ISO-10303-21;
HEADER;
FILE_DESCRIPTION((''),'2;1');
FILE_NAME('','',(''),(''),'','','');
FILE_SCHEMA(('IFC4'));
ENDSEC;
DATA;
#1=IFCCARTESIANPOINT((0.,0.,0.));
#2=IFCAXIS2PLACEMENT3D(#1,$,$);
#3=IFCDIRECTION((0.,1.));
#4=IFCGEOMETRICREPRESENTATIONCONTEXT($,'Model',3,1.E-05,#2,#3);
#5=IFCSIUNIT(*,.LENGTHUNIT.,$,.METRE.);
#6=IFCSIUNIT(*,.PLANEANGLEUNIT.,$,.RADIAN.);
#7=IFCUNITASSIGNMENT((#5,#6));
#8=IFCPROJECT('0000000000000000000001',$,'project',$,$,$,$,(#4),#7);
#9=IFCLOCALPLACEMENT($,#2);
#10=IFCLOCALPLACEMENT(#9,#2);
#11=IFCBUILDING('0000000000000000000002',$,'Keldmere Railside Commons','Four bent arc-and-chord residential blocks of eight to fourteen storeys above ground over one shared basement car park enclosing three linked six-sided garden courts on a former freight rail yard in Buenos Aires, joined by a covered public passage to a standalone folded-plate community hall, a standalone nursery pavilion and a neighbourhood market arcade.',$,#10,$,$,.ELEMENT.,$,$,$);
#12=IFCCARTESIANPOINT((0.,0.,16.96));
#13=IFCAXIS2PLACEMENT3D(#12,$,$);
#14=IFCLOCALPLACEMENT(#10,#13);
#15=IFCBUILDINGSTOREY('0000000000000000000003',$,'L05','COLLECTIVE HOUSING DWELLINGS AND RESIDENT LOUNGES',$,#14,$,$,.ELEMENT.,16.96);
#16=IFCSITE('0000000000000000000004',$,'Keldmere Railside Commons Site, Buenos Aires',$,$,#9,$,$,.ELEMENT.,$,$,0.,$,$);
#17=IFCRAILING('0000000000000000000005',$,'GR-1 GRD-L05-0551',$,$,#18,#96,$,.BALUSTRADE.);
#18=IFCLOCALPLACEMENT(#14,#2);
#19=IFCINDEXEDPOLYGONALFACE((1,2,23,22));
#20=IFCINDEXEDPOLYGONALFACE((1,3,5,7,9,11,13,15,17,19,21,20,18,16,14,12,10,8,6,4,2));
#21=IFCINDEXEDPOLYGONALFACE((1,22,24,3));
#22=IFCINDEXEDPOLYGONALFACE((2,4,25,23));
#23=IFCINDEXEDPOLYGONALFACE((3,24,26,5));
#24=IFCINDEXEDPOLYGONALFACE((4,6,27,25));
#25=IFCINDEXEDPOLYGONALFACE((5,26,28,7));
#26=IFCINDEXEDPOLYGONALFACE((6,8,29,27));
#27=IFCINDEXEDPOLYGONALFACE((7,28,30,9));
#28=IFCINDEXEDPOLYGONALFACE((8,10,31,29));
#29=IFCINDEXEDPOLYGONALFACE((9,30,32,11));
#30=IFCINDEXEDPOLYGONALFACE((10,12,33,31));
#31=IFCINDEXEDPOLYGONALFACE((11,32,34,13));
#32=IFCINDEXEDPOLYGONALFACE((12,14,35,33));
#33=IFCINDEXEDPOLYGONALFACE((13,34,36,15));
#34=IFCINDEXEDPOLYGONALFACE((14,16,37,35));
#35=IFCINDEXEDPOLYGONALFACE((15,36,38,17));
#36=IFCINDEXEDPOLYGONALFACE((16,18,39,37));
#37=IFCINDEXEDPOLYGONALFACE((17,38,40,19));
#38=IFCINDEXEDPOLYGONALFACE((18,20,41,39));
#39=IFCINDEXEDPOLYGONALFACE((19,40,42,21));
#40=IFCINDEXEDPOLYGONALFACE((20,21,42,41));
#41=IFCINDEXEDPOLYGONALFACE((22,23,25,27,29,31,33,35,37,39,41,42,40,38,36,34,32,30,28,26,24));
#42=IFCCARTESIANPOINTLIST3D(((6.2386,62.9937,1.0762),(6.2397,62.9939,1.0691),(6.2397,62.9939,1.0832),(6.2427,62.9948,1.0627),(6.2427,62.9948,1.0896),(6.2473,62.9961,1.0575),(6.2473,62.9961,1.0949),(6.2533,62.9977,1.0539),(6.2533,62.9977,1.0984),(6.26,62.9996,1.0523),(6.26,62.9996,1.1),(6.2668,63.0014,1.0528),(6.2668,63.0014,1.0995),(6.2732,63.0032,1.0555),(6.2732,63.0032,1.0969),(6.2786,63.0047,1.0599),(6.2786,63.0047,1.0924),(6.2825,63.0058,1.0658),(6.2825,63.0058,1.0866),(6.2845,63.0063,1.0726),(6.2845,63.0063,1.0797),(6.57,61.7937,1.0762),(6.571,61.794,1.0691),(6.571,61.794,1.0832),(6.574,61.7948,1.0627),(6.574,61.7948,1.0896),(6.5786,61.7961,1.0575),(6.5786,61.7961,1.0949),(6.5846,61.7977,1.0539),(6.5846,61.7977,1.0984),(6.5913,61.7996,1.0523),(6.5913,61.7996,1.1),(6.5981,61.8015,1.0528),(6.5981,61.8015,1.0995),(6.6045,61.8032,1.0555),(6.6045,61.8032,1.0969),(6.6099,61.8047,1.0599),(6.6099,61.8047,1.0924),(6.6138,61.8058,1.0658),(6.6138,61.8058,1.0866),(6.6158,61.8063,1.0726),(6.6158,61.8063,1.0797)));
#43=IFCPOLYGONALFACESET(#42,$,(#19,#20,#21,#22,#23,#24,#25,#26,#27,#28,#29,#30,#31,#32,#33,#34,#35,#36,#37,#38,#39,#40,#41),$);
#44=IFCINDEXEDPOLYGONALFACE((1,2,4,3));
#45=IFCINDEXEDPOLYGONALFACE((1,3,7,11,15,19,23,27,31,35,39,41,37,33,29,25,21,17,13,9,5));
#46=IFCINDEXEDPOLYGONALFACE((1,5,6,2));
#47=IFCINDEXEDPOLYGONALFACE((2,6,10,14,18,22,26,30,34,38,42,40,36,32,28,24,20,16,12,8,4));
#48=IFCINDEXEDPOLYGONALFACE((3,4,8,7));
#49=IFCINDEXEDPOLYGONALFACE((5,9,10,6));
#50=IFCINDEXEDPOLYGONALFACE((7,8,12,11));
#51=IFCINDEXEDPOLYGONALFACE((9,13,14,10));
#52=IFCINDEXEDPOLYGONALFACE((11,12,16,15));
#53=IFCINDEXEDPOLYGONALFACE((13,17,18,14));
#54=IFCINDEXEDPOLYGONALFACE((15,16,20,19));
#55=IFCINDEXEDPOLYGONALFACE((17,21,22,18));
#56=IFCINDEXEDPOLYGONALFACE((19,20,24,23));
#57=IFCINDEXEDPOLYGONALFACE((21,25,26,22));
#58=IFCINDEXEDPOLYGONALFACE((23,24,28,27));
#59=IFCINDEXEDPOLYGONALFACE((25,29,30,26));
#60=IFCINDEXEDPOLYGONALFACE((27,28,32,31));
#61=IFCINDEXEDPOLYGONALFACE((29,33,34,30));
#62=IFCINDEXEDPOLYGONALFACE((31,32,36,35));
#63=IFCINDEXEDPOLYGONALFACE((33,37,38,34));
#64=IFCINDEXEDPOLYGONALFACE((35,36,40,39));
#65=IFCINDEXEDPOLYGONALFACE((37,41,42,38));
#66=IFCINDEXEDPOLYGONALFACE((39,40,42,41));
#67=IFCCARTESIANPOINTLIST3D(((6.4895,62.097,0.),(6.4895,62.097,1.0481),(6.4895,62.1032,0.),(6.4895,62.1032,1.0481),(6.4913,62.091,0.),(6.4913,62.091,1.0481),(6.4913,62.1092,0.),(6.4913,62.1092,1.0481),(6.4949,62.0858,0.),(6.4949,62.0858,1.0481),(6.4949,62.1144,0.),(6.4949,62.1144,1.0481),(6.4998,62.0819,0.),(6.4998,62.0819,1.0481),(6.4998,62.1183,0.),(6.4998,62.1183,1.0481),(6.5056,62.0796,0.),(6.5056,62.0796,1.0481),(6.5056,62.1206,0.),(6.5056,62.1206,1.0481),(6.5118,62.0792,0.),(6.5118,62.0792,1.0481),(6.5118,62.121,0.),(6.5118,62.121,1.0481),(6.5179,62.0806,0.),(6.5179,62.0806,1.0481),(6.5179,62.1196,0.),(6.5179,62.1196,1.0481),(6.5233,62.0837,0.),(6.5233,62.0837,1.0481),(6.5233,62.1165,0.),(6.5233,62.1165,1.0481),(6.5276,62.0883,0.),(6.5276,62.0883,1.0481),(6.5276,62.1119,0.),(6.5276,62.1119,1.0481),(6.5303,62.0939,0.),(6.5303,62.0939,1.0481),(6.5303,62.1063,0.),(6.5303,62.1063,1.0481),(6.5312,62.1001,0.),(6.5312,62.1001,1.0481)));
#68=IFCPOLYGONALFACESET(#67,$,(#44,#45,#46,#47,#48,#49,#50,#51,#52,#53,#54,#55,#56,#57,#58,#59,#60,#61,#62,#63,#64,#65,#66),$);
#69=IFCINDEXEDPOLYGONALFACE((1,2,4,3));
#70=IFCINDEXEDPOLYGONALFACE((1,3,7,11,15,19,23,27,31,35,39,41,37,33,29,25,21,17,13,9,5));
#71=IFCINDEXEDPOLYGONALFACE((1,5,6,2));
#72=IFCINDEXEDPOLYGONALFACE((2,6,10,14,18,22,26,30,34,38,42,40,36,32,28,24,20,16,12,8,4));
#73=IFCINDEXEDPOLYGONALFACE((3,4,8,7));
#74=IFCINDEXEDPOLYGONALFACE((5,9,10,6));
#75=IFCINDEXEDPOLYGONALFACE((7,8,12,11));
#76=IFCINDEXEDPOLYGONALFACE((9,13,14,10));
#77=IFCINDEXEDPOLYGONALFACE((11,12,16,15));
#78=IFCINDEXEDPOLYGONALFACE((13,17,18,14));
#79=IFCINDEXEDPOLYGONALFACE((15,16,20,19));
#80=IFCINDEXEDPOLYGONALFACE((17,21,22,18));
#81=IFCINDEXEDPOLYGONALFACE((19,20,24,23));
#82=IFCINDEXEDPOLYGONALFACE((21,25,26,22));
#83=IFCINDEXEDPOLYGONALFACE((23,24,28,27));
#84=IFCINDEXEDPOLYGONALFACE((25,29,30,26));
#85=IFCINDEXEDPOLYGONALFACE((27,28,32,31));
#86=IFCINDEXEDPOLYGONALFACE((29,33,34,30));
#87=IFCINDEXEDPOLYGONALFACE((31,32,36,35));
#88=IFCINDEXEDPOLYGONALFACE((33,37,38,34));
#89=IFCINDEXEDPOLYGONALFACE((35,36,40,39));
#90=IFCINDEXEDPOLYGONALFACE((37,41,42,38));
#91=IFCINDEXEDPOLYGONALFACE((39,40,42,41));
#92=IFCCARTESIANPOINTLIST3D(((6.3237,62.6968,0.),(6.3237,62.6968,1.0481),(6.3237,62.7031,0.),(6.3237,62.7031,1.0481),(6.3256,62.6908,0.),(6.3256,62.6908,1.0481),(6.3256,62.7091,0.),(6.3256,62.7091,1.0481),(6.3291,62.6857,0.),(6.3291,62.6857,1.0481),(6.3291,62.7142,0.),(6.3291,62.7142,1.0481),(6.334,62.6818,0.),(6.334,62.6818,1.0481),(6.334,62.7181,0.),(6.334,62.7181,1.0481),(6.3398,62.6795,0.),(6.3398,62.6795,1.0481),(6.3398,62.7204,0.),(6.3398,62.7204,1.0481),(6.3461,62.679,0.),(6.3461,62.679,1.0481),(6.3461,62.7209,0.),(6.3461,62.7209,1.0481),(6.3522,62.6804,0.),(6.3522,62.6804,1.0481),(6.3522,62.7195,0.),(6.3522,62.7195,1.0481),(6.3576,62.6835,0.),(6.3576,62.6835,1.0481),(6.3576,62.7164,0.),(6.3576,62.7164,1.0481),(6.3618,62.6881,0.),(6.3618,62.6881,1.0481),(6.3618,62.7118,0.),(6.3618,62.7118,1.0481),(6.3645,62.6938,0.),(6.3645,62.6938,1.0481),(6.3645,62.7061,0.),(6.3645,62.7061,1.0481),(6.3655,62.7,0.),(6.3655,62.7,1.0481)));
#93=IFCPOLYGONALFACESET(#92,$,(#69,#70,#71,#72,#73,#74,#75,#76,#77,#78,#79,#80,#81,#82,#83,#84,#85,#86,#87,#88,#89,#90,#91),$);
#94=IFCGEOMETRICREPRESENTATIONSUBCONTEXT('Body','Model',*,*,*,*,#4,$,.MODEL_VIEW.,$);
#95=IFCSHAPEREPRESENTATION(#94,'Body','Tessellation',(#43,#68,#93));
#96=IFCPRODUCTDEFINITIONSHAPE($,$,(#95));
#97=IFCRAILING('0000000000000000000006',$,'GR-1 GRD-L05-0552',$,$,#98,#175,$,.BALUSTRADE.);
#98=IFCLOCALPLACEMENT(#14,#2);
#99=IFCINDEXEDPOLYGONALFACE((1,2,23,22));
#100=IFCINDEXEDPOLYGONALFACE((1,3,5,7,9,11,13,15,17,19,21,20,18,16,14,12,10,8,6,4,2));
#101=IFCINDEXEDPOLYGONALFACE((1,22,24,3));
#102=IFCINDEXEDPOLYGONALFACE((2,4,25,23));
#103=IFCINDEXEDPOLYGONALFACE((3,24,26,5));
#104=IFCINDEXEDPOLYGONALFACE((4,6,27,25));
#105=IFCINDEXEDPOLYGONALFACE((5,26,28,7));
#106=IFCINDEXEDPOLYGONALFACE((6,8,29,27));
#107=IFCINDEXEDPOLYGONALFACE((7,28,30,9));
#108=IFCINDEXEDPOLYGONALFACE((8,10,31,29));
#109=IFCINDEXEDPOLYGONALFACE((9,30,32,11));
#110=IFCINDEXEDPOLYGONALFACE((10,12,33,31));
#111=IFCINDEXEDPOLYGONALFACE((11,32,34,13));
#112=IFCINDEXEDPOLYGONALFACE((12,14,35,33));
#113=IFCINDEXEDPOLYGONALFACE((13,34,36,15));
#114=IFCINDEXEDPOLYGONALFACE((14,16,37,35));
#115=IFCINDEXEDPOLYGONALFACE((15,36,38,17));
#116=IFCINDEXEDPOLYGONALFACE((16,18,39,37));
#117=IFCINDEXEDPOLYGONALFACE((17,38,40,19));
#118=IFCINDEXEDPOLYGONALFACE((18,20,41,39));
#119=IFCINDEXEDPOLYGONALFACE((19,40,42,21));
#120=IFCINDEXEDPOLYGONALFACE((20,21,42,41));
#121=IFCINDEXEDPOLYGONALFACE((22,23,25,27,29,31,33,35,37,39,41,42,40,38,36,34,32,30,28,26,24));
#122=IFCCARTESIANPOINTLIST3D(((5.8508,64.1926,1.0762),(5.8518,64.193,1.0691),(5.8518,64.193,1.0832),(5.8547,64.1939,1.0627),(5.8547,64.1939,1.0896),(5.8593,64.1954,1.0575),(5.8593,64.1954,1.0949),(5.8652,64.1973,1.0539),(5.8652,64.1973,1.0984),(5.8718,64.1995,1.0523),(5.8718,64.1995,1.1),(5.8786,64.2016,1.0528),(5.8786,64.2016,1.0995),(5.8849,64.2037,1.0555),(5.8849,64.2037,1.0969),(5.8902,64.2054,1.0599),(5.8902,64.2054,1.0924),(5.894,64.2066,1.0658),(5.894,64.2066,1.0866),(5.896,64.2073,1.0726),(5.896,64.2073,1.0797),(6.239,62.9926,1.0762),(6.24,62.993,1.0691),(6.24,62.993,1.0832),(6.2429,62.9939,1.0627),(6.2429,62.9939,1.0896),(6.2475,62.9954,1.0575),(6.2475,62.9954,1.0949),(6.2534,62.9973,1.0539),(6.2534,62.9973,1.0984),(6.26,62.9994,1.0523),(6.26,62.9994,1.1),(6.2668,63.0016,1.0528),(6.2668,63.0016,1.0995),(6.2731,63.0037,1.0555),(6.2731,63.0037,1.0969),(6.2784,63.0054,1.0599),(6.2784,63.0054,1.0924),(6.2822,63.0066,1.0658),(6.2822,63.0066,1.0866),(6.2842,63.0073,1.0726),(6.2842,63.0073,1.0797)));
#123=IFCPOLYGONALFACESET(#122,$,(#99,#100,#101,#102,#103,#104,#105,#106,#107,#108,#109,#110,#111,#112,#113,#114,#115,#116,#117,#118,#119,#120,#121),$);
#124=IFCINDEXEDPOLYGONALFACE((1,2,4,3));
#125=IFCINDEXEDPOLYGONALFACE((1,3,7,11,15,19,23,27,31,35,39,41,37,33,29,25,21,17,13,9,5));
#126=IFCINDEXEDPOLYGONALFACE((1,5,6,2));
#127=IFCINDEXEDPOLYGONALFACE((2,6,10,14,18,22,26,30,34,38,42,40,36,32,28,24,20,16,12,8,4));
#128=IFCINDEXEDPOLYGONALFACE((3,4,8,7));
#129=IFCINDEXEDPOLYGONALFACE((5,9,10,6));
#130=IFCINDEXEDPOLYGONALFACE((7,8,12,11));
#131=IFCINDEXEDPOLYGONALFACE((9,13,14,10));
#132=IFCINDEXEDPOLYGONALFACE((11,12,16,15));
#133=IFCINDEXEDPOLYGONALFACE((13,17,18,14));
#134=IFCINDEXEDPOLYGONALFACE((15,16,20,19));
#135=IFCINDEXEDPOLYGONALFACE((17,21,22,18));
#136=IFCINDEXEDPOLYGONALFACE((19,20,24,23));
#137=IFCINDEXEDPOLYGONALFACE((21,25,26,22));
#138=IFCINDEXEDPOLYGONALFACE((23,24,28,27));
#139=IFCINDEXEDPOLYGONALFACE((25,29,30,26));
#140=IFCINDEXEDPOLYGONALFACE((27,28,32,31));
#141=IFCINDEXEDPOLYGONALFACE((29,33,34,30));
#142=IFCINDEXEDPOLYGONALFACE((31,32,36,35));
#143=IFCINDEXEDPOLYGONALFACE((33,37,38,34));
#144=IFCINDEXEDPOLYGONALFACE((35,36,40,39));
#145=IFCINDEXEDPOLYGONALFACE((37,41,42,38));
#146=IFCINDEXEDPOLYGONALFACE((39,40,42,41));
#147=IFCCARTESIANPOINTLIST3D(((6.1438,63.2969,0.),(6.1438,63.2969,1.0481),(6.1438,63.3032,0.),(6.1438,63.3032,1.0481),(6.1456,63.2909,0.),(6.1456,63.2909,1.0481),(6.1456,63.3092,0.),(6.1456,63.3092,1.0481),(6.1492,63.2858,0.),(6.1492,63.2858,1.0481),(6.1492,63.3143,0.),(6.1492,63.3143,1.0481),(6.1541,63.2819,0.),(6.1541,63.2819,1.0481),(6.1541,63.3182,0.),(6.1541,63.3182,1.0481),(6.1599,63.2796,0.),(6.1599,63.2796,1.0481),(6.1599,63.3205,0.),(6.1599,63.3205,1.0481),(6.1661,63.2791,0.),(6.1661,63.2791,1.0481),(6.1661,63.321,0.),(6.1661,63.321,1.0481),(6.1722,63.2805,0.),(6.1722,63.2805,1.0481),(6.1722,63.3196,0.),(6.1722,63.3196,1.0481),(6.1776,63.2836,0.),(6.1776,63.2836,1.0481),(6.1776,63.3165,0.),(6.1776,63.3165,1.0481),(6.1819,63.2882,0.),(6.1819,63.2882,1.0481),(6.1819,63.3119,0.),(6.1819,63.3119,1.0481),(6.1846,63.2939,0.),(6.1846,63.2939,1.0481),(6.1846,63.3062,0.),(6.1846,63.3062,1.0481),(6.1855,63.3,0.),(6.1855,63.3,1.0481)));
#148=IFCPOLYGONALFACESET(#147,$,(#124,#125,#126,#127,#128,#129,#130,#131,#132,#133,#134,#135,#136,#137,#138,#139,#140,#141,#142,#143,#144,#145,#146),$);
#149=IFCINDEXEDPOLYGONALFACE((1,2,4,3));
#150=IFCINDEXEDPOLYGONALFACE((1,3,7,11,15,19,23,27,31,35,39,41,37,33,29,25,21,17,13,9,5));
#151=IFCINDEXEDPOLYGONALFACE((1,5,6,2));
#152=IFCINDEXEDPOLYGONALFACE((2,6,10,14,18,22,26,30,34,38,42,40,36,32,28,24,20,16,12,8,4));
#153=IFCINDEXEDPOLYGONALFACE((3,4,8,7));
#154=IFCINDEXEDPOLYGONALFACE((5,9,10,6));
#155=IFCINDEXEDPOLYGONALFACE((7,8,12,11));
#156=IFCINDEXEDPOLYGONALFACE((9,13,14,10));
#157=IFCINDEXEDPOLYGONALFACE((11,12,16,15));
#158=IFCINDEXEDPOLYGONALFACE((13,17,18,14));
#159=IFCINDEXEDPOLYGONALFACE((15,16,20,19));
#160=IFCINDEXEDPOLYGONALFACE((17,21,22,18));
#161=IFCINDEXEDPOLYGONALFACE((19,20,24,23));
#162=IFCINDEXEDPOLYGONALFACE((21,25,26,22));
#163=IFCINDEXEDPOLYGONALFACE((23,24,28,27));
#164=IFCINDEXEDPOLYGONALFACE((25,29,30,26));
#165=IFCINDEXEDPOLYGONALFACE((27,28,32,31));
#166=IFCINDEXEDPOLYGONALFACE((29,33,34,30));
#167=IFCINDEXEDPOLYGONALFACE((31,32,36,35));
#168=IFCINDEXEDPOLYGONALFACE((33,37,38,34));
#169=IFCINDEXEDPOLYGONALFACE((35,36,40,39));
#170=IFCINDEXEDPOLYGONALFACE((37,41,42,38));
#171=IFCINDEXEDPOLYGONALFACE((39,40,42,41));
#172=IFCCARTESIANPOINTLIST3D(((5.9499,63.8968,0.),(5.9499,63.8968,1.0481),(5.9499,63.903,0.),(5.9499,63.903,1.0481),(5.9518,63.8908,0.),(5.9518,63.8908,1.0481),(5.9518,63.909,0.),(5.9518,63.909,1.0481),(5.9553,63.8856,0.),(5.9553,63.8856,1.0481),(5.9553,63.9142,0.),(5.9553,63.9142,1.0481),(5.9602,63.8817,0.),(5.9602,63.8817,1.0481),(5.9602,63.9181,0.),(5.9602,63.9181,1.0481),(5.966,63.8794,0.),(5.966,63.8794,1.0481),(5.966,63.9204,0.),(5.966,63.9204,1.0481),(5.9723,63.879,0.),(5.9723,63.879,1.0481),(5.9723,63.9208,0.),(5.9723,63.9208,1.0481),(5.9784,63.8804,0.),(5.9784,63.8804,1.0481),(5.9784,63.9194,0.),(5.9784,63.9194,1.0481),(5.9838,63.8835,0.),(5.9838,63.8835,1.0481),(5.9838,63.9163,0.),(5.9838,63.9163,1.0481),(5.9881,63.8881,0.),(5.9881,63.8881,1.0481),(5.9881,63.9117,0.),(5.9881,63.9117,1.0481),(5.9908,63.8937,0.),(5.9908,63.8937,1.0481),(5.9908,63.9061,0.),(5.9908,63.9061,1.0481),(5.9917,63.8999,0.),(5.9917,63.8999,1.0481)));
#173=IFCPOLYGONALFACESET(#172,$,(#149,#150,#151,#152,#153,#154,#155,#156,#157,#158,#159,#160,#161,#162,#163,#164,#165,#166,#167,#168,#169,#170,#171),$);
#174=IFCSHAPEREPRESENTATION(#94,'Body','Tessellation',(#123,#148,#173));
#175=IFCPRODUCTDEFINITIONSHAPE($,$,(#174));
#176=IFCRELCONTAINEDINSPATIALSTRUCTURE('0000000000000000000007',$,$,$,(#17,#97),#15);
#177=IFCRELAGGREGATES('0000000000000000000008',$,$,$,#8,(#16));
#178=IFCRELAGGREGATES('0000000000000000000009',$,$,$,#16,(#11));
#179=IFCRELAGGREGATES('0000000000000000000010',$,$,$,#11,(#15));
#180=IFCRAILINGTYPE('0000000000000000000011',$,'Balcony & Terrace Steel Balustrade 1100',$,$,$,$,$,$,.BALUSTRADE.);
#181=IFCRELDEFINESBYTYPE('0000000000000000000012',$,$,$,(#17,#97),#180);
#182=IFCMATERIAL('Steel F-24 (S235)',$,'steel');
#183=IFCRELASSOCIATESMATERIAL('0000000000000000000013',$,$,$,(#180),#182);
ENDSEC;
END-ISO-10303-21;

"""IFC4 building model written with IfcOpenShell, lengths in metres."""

from ifc_helpers import new_model, si_unit, direction, frame, origin, origin_2d, place, context, subcontext, project, spatial, circle, extrude, material, type_object, element, save


model = new_model("IFC4")

# Units and contexts
model_context = context("Model", 3, precision=1e-05, world=origin(), true_north=direction((0.0, 1.0)))
body_context = subcontext(model_context, "Body", "Model", "MODEL_VIEW")
ifc_project = project(units=[si_unit("LENGTHUNIT", "METRE"), si_unit("PLANEANGLEUNIT", "RADIAN")], contexts=[model_context])

# Site, building, storey
site_placement = place(None, origin())
site = spatial("IfcSite", under=ifc_project, at=site_placement, Name="Keldmere Railside Commons Site, Buenos Aires", CompositionType="ELEMENT", RefElevation=0.0)
building_placement = place(site_placement, origin())
building = spatial("IfcBuilding", under=site, at=building_placement, Name="Keldmere Railside Commons", Description="Four bent arc-and-chord residential blocks of eight to fourteen storeys above ground over one shared basement car park enclosing three linked six-sided garden courts on a former freight rail yard in Buenos Aires, joined by a covered public passage to a standalone folded-plate community hall, a standalone nursery pavilion and a neighbourhood market arcade.", CompositionType="ELEMENT")
storey_placement = place(building_placement, frame((0.0, 0.0, 16.96)))
storey = spatial("IfcBuildingStorey", under=building, at=storey_placement, Name="L05", Description="COLLECTIVE HOUSING DWELLINGS AND RESIDENT LOUNGES", CompositionType="ELEMENT", Elevation=16.96)

# Railings
ifc_material_1 = material(Name="Steel F-24 (S235)", Category="steel")
railing_type_1 = type_object("IfcRailingType", Name="Balcony & Terrace Steel Balustrade 1100", PredefinedType="BALUSTRADE", material=ifc_material_1)
railing_1_placement = place(storey_placement, frame((6.593, 61.8, 0.0)))
element("IfcRailing", 1, at=railing_1_placement, inside=storey, type_object=railing_type_1, Name="GR-1 GRD-L05-0551", PredefinedType="BALUSTRADE", context=body_context, shape_type="SweptSolid", body=[
    extrude(circle(Radius=0.0239, at=origin_2d()), frame((0.0, 0.0, 1.0762), z_axis=(-0.266136, 0.963935, 0.0), x_axis=(-0.963935, -0.266136, 0.0)), (0.0, 0.0, 1.0), 1.2449),
    extrude(circle(Radius=0.021, at=origin_2d()), frame((-0.0828, 0.3, 0.0)), (0.0, 0.0, 1.0), 1.0481),
    extrude(circle(Radius=0.021, at=origin_2d()), frame((-0.2485, 0.8999, 0.0)), (0.0, 0.0, 1.0), 1.0481),
])
railing_2_placement = place(storey_placement, frame((6.2617, 63.0, 0.0)))
element("IfcRailing", 2, at=railing_2_placement, inside=storey, type_object=railing_type_1, Name="GR-1 GRD-L05-0552", PredefinedType="BALUSTRADE", context=body_context, shape_type="SweptSolid", body=[
    extrude(circle(Radius=0.0239, at=origin_2d()), frame((0.0, 0.0, 1.0762), z_axis=(-0.307795, 0.951453, 0.0), x_axis=(-0.951453, -0.307795, 0.0)), (0.0, 0.0, 1.0), 1.2612),
    extrude(circle(Radius=0.021, at=origin_2d()), frame((-0.0972, 0.3, 0.0)), (0.0, 0.0, 1.0), 1.0481),
    extrude(circle(Radius=0.021, at=origin_2d()), frame((-0.291, 0.8999, 0.0)), (0.0, 0.0, 1.0), 1.0481),
])

save(model, "model.ifc")
